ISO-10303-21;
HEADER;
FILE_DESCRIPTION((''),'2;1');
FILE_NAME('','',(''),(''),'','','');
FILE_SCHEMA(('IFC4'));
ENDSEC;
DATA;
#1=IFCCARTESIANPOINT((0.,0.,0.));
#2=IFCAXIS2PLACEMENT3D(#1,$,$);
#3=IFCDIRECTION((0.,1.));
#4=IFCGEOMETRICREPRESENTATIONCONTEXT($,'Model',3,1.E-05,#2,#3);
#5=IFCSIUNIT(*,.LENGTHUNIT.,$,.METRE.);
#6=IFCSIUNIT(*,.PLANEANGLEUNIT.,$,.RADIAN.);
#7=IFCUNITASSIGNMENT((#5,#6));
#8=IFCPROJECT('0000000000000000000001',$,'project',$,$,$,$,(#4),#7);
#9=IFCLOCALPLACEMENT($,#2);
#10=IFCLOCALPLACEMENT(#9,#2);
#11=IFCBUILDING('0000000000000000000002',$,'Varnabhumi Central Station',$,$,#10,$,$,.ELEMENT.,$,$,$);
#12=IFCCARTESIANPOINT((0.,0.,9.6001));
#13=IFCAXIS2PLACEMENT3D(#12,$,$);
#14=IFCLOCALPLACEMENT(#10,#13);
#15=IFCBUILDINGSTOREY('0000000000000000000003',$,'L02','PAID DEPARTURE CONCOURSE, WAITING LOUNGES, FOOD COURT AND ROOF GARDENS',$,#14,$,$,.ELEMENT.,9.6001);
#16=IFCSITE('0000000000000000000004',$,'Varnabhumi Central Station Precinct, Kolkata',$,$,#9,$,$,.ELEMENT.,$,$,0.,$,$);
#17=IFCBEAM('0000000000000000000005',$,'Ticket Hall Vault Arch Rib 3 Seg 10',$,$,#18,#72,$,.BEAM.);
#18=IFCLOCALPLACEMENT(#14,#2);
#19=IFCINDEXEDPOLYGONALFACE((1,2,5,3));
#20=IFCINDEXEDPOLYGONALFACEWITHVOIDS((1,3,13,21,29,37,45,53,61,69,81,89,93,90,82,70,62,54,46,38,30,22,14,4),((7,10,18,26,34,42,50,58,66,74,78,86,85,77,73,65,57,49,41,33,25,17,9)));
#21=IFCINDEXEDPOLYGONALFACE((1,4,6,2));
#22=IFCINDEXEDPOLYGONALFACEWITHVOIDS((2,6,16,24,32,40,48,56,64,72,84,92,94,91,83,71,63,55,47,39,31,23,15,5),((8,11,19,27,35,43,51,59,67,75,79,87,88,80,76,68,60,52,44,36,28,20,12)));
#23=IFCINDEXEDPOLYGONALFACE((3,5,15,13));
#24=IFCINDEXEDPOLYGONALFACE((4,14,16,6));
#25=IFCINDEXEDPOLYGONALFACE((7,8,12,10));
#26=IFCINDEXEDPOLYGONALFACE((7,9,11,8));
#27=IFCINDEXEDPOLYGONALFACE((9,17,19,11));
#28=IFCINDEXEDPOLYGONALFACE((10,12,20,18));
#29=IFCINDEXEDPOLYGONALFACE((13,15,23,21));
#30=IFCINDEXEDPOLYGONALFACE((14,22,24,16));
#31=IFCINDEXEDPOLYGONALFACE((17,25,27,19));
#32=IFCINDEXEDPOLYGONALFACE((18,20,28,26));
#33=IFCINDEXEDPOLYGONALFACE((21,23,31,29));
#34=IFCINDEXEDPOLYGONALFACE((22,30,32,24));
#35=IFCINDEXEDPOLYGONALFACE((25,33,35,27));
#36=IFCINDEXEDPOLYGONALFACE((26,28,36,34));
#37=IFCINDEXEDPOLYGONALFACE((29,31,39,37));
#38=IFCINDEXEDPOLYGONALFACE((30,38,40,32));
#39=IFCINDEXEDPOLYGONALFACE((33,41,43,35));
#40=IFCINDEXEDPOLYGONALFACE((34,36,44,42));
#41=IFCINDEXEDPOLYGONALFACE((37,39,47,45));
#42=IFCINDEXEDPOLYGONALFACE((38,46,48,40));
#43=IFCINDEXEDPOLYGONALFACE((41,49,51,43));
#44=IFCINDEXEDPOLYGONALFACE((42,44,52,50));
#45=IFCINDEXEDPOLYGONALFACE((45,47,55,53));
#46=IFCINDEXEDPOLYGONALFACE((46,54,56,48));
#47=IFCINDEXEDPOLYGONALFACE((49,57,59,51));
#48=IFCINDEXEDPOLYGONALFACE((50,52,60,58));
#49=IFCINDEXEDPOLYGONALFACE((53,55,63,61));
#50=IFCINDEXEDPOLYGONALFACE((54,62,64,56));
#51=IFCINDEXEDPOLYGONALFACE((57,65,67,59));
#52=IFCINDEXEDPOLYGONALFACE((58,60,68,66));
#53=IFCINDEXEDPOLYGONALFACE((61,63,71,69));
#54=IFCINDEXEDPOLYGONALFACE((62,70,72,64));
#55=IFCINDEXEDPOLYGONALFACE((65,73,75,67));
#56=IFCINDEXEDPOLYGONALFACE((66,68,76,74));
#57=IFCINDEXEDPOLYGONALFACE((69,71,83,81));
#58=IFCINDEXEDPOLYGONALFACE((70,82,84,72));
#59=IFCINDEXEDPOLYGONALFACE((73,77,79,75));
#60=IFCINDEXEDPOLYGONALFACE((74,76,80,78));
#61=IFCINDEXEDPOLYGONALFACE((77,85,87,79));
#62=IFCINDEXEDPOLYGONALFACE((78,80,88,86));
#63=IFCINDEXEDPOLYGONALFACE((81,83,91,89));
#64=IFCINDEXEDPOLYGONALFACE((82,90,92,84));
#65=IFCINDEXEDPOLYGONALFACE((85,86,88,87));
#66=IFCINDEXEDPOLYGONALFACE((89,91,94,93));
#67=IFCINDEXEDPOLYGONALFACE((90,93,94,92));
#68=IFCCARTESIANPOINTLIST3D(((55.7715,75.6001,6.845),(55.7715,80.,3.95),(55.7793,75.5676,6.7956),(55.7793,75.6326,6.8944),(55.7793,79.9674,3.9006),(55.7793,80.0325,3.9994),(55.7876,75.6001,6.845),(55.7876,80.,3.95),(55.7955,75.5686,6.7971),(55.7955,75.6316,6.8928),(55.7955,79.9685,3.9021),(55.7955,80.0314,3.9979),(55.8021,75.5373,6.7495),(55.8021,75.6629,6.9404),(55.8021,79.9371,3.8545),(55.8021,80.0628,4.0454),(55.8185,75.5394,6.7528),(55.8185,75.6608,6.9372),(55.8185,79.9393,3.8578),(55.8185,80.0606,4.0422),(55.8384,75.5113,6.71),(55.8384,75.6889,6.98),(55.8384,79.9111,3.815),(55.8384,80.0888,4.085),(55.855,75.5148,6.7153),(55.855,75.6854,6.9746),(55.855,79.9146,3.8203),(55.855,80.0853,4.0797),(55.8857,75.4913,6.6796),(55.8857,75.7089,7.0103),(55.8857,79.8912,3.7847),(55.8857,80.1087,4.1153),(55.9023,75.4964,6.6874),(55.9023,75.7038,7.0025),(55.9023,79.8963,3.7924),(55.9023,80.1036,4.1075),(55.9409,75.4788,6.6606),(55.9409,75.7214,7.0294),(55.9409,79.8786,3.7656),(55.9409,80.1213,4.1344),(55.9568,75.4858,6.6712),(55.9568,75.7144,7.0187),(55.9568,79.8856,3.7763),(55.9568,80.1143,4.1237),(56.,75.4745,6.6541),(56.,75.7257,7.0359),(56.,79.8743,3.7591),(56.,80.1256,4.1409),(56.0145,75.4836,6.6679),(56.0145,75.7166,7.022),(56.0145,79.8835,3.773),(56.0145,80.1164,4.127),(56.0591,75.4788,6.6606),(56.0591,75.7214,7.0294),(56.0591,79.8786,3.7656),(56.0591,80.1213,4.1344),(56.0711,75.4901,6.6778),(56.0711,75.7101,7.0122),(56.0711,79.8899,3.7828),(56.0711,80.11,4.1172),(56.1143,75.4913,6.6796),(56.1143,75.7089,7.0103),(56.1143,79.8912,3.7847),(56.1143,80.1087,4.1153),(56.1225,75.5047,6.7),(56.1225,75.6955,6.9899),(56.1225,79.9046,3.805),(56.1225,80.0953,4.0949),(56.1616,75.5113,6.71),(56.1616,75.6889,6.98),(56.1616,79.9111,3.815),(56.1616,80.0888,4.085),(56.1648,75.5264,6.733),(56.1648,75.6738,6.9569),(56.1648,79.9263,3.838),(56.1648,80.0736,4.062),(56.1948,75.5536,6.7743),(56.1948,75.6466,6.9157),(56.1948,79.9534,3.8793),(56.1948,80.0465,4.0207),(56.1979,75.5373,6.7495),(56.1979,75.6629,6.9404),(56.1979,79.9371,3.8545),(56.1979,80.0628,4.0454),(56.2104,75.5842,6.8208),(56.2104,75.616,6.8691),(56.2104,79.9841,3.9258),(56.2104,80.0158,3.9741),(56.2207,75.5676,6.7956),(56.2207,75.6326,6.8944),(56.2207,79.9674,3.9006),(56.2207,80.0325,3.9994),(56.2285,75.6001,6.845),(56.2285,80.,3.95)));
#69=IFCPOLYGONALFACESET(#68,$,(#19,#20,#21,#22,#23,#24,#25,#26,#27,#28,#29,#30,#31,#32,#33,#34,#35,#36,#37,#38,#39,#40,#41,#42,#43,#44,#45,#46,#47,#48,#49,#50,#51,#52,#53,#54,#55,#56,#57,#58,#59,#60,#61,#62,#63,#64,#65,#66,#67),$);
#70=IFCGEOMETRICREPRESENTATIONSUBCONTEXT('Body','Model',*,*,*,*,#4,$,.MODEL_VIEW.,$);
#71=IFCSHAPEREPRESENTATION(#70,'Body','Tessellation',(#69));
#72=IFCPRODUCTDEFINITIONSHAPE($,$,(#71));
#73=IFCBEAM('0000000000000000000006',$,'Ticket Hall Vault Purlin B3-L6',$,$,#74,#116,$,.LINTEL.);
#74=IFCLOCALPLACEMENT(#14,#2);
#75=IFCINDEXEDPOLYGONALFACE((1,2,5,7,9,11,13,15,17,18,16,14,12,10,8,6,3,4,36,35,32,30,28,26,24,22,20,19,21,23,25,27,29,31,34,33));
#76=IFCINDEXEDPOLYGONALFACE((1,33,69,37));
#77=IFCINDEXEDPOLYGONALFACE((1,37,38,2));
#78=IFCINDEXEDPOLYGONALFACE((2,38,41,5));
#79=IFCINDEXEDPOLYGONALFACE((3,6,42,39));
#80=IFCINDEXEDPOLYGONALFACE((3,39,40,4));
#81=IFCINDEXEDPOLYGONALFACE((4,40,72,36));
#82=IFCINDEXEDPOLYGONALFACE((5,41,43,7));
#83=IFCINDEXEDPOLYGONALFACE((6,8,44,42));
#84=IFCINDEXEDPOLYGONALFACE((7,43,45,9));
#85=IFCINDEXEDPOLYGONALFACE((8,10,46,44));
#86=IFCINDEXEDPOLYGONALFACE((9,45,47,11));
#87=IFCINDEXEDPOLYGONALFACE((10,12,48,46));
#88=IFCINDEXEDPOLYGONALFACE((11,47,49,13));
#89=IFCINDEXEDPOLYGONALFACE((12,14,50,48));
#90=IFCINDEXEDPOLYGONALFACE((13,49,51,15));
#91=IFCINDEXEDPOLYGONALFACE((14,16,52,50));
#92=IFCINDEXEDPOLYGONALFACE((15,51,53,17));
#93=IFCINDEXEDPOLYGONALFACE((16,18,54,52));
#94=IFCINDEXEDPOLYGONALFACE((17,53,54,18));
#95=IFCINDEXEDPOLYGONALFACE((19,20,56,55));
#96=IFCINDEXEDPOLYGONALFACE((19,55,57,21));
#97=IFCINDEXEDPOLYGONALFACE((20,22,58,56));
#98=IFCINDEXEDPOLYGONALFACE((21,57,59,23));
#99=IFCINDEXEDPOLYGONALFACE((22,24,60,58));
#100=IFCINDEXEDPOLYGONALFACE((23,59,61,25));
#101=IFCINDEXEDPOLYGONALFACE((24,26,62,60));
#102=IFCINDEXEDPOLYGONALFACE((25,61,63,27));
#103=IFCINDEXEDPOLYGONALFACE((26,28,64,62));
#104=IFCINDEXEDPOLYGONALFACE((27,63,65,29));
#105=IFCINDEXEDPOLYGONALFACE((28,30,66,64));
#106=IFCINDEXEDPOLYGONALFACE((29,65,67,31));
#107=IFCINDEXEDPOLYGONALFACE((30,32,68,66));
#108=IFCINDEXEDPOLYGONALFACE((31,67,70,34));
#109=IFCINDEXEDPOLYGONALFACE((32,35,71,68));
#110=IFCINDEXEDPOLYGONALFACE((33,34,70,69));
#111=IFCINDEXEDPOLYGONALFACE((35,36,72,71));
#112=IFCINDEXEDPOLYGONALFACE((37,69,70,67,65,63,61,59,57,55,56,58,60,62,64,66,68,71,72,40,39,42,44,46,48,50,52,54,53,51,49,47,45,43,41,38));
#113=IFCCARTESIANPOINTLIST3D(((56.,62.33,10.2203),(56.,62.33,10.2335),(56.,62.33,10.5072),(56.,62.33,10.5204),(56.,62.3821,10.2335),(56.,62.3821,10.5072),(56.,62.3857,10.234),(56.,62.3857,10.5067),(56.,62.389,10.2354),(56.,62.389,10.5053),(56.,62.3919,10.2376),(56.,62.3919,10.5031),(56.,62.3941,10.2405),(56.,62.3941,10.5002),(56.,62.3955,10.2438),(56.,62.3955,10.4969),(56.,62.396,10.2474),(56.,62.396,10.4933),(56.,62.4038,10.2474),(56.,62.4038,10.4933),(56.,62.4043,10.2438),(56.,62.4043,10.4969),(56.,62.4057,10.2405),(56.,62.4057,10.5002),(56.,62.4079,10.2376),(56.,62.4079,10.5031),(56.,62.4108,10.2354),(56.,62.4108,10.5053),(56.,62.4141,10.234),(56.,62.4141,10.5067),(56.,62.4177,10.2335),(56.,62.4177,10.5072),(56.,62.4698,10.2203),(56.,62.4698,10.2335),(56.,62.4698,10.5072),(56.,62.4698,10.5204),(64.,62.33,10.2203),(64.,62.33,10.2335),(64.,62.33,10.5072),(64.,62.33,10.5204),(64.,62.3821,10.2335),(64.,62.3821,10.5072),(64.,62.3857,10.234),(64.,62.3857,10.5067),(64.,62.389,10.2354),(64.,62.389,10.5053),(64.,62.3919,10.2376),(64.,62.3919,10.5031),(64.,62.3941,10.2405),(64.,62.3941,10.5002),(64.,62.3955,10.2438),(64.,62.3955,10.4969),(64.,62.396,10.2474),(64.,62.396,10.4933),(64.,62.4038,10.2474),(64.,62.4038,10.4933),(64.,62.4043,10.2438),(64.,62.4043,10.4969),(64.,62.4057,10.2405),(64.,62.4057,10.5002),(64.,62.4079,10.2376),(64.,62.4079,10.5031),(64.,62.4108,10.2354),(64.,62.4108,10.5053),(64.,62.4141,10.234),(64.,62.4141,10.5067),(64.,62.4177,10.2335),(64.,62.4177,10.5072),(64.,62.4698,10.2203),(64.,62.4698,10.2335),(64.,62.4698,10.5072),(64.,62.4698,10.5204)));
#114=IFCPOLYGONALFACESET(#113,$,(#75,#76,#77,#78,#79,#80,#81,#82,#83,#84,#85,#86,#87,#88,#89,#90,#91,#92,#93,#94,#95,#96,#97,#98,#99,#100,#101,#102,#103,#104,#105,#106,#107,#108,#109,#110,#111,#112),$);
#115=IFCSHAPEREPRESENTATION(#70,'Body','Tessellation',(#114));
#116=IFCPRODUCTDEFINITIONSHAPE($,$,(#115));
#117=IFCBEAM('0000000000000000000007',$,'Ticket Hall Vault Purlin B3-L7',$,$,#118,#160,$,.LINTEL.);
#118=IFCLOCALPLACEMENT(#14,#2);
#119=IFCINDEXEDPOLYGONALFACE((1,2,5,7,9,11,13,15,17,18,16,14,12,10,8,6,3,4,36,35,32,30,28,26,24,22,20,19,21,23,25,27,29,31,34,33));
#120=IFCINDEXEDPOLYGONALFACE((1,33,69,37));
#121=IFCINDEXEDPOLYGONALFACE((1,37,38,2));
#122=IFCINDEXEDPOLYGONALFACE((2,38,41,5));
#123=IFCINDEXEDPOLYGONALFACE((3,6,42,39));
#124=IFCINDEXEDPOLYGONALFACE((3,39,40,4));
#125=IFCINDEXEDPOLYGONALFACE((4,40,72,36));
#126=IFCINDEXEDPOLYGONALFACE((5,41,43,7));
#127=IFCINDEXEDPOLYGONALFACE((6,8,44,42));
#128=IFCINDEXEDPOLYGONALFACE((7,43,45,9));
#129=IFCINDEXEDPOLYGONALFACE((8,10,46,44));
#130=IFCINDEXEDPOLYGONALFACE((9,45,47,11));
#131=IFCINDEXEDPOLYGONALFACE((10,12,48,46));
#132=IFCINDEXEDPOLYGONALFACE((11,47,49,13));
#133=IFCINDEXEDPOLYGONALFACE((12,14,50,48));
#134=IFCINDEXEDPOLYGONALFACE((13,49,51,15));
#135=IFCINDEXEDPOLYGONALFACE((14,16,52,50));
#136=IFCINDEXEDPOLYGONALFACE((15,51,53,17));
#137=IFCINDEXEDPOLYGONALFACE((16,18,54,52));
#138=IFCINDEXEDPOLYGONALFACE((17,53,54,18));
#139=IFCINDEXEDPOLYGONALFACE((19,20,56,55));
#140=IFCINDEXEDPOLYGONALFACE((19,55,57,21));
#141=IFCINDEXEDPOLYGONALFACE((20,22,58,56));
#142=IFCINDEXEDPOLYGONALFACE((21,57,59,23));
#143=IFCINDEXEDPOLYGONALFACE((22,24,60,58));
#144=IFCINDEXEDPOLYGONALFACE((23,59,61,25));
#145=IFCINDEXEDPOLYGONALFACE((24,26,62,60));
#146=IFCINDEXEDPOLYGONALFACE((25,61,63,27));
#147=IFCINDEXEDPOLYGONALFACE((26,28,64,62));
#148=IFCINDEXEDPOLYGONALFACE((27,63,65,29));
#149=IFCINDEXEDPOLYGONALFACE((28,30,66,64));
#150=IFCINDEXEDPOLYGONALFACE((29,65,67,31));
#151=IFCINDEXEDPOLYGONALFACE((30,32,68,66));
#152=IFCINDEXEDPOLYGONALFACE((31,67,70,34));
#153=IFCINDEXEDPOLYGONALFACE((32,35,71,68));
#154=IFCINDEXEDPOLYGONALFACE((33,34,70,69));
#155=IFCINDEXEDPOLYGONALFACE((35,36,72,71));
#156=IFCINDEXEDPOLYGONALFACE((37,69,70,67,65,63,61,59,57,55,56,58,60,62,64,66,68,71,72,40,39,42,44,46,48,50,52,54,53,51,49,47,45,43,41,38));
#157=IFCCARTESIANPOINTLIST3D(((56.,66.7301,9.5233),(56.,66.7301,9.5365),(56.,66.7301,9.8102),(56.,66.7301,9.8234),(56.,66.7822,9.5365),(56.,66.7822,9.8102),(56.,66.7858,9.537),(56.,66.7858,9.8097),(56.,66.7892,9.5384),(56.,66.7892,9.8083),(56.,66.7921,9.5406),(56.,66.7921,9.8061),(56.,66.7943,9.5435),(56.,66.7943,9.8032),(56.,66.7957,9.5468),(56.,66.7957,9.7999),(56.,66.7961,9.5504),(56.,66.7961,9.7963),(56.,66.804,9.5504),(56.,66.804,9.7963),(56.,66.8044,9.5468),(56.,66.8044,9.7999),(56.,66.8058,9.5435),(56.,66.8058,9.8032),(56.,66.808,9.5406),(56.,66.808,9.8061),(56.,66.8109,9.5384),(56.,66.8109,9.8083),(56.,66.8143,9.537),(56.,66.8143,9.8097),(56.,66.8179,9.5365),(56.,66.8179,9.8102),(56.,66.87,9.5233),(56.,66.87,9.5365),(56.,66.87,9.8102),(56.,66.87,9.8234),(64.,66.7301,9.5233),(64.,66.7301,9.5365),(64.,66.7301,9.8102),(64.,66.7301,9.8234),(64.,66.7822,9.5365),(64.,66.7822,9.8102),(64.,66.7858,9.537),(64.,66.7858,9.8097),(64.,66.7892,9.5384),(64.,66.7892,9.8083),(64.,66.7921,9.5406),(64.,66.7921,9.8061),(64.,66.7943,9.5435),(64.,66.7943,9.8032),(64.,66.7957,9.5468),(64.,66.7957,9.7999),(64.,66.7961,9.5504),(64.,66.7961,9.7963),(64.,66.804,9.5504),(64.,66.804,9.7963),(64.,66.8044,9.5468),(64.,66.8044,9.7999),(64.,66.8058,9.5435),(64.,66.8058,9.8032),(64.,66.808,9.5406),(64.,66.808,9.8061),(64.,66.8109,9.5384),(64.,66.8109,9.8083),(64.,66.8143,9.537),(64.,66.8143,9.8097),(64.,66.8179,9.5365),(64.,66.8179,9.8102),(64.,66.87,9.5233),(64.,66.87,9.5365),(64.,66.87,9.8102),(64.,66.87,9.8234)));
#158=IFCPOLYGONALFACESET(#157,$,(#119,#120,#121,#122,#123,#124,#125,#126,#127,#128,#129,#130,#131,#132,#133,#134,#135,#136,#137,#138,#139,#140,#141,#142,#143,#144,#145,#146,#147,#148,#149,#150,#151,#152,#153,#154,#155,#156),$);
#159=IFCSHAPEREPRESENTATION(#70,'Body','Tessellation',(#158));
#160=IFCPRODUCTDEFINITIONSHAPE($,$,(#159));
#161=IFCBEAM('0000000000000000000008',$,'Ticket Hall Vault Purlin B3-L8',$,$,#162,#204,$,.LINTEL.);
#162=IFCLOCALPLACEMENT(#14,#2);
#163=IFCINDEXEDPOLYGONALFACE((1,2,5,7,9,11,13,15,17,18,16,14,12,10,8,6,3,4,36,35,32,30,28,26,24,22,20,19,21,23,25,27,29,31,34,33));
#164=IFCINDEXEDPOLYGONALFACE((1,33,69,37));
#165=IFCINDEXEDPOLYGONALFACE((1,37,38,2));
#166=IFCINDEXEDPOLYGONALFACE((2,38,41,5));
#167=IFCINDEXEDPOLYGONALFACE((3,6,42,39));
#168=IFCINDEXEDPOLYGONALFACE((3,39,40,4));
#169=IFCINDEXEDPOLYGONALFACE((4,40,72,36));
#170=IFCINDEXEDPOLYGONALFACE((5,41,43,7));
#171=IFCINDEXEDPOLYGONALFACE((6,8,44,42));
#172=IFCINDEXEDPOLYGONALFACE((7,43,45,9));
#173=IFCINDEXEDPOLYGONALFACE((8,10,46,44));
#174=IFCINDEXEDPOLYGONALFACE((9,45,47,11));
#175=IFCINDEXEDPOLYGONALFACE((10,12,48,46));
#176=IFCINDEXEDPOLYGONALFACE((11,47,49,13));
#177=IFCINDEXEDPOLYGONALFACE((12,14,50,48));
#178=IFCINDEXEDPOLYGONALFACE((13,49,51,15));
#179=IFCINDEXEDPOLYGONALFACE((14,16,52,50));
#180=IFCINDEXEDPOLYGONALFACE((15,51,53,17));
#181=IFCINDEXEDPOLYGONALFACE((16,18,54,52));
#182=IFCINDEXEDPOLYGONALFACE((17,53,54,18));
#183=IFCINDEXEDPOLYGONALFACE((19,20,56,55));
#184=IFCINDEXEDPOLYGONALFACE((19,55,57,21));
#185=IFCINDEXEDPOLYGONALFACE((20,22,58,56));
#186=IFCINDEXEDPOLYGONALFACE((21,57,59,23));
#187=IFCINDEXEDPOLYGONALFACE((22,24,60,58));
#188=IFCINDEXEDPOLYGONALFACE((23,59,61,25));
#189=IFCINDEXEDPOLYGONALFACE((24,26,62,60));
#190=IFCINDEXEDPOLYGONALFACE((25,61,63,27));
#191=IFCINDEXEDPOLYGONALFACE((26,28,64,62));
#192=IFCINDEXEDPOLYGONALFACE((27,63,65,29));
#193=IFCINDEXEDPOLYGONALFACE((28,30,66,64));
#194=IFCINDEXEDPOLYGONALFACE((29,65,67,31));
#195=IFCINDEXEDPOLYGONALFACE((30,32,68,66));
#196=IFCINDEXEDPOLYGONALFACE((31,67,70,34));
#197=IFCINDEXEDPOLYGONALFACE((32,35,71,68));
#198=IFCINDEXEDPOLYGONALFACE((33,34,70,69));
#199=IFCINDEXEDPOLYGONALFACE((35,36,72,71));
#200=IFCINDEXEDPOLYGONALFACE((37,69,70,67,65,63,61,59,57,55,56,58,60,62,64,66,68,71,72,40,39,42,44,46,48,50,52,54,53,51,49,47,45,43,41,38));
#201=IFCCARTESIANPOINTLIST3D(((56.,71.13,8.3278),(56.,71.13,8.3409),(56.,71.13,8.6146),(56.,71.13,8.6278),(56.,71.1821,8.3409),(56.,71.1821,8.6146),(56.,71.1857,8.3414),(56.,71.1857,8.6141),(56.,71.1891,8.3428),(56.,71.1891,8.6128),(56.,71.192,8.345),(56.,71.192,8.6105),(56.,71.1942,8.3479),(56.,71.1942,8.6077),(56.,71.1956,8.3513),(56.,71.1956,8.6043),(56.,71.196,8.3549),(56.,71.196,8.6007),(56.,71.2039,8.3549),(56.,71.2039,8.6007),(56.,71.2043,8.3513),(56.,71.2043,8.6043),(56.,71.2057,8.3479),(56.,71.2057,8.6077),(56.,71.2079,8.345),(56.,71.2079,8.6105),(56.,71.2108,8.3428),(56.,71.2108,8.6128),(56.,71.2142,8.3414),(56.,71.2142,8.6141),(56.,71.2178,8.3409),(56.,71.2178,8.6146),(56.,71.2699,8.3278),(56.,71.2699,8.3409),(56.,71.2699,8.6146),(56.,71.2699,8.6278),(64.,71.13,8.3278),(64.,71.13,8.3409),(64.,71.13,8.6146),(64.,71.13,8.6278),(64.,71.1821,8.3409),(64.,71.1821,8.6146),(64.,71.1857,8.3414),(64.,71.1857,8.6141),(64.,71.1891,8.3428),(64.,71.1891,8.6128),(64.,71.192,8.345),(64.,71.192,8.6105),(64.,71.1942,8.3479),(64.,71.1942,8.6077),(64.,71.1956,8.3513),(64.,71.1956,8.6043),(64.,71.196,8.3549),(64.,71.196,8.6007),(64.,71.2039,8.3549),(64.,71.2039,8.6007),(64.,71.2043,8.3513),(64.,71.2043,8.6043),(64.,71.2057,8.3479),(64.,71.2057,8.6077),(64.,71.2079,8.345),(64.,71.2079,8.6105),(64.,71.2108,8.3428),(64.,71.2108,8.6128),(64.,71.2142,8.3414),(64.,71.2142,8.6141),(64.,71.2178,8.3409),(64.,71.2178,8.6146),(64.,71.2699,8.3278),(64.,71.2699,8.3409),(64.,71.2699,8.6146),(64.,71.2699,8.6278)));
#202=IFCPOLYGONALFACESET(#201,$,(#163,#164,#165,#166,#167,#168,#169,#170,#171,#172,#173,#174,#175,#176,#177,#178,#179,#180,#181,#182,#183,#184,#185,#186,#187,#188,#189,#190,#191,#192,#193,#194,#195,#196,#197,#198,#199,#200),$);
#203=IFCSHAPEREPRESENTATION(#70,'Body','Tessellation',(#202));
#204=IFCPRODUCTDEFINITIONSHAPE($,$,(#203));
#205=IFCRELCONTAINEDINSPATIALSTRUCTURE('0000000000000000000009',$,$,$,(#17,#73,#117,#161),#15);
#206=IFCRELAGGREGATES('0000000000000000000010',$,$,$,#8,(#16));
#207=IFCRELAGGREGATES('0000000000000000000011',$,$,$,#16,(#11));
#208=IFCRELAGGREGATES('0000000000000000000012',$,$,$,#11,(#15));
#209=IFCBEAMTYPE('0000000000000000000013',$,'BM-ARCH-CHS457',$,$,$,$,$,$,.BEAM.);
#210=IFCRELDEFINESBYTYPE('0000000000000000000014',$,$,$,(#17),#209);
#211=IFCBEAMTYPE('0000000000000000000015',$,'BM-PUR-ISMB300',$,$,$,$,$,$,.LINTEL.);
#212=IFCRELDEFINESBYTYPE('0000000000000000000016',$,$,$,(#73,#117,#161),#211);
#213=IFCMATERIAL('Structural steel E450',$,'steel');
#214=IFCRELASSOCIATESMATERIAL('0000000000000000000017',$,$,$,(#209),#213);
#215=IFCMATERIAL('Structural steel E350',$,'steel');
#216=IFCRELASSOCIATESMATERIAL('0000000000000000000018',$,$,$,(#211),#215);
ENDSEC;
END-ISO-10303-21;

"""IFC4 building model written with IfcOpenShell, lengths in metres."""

from ifc_helpers import new_model, si_unit, direction, frame, origin, origin_2d, place, context, subcontext, project, spatial, hollow_circle, i_section, extrude, material, material_profile, profile_set, type_object, element, save


model = new_model("IFC4")

# Units and contexts
model_context = context("Model", 3, precision=1e-05, world=origin(), true_north=direction((0.0, 1.0)))
body_context = subcontext(model_context, "Body", "Model", "MODEL_VIEW")
ifc_project = project(units=[si_unit("LENGTHUNIT", "METRE"), si_unit("PLANEANGLEUNIT", "RADIAN")], contexts=[model_context])

# Site, building, storey
site_placement = place(None, origin())
site = spatial("IfcSite", under=ifc_project, at=site_placement, Name="Varnabhumi Central Station Precinct, Kolkata", CompositionType="ELEMENT", RefElevation=0.0)
building_placement = place(site_placement, origin())
building = spatial("IfcBuilding", under=site, at=building_placement, Name="Varnabhumi Central Station", CompositionType="ELEMENT")
storey_placement = place(building_placement, frame((0.0, 0.0, 9.6001)))
storey = spatial("IfcBuildingStorey", under=building, at=storey_placement, Name="L02", Description="PAID DEPARTURE CONCOURSE, WAITING LOUNGES, FOOD COURT AND ROOF GARDENS", CompositionType="ELEMENT", Elevation=9.6001)

# Beams
ifc_material_1 = material(Name="Structural steel E450", Category="steel")
ifc_material_profile_1 = material_profile(ifc_material_1, hollow_circle(Radius=0.2285, WallThickness=0.0161, at=origin_2d()), Name="Structural steel E450", Category="steel")
ifc_profile_set_1 = profile_set([ifc_material_profile_1], Name="Structural steel E450")
beam_type_1 = type_object("IfcBeamType", Name="BM-ARCH-CHS457", PredefinedType="BEAM", material=ifc_profile_set_1)
beam_1_placement = place(storey_placement, frame((56.0, 75.6001, 6.845), z_axis=(0.0, 0.835387, -0.549662), x_axis=(-1.0, 0.0, 0.0)))
element("IfcBeam", 1, at=beam_1_placement, inside=storey, type_object=beam_type_1, Name="Ticket Hall Vault Arch Rib 3 Seg 10", PredefinedType="BEAM", context=body_context, shape_type="SweptSolid", body=[
    extrude(hollow_circle(Radius=0.2285, WallThickness=0.0161, at=origin_2d()), origin(), (0.0, 0.0, 1.0), 5.2668),
])
ifc_material_2 = material(Name="Structural steel E350", Category="steel")
ifc_material_profile_2 = material_profile(ifc_material_2, i_section(OverallWidth=0.1399, OverallDepth=0.3, WebThickness=0.0078, FlangeThickness=0.0132, FilletRadius=0.0139, at=origin_2d()), Name="Structural steel E350", Category="steel")
ifc_profile_set_2 = profile_set([ifc_material_profile_2], Name="Structural steel E350")
beam_type_2 = type_object("IfcBeamType", Name="BM-PUR-ISMB300", PredefinedType="LINTEL", material=ifc_profile_set_2)
for number, where, z_axis, x_axis, name in (
    (2, (56.0, 62.3999, 10.3704), (1.0, 0.0, 0.0), (0.0, 1.0, 0.0), "Ticket Hall Vault Purlin B3-L6"),
    (3, (56.0, 66.8, 9.6733), (1.0, 0.0, 0.0), (0.0, 1.0, 0.0), "Ticket Hall Vault Purlin B3-L7"),
    (4, (56.0, 71.2, 8.4778), (1.0, 0.0, 0.0), (0.0, 1.0, 0.0), "Ticket Hall Vault Purlin B3-L8"),
):
    element("IfcBeam", number, at=place(storey_placement, frame(where, z_axis=z_axis, x_axis=x_axis)), inside=storey, type_object=beam_type_2, Name=name, PredefinedType="LINTEL", context=body_context, shape_type="SweptSolid", body=[
        extrude(i_section(OverallWidth=0.1399, OverallDepth=0.3, WebThickness=0.0078, FlangeThickness=0.0132, FilletRadius=0.0139, at=origin_2d()), origin(), (0.0, 0.0, 1.0), 8.0),
    ])

save(model, "model.ifc")
